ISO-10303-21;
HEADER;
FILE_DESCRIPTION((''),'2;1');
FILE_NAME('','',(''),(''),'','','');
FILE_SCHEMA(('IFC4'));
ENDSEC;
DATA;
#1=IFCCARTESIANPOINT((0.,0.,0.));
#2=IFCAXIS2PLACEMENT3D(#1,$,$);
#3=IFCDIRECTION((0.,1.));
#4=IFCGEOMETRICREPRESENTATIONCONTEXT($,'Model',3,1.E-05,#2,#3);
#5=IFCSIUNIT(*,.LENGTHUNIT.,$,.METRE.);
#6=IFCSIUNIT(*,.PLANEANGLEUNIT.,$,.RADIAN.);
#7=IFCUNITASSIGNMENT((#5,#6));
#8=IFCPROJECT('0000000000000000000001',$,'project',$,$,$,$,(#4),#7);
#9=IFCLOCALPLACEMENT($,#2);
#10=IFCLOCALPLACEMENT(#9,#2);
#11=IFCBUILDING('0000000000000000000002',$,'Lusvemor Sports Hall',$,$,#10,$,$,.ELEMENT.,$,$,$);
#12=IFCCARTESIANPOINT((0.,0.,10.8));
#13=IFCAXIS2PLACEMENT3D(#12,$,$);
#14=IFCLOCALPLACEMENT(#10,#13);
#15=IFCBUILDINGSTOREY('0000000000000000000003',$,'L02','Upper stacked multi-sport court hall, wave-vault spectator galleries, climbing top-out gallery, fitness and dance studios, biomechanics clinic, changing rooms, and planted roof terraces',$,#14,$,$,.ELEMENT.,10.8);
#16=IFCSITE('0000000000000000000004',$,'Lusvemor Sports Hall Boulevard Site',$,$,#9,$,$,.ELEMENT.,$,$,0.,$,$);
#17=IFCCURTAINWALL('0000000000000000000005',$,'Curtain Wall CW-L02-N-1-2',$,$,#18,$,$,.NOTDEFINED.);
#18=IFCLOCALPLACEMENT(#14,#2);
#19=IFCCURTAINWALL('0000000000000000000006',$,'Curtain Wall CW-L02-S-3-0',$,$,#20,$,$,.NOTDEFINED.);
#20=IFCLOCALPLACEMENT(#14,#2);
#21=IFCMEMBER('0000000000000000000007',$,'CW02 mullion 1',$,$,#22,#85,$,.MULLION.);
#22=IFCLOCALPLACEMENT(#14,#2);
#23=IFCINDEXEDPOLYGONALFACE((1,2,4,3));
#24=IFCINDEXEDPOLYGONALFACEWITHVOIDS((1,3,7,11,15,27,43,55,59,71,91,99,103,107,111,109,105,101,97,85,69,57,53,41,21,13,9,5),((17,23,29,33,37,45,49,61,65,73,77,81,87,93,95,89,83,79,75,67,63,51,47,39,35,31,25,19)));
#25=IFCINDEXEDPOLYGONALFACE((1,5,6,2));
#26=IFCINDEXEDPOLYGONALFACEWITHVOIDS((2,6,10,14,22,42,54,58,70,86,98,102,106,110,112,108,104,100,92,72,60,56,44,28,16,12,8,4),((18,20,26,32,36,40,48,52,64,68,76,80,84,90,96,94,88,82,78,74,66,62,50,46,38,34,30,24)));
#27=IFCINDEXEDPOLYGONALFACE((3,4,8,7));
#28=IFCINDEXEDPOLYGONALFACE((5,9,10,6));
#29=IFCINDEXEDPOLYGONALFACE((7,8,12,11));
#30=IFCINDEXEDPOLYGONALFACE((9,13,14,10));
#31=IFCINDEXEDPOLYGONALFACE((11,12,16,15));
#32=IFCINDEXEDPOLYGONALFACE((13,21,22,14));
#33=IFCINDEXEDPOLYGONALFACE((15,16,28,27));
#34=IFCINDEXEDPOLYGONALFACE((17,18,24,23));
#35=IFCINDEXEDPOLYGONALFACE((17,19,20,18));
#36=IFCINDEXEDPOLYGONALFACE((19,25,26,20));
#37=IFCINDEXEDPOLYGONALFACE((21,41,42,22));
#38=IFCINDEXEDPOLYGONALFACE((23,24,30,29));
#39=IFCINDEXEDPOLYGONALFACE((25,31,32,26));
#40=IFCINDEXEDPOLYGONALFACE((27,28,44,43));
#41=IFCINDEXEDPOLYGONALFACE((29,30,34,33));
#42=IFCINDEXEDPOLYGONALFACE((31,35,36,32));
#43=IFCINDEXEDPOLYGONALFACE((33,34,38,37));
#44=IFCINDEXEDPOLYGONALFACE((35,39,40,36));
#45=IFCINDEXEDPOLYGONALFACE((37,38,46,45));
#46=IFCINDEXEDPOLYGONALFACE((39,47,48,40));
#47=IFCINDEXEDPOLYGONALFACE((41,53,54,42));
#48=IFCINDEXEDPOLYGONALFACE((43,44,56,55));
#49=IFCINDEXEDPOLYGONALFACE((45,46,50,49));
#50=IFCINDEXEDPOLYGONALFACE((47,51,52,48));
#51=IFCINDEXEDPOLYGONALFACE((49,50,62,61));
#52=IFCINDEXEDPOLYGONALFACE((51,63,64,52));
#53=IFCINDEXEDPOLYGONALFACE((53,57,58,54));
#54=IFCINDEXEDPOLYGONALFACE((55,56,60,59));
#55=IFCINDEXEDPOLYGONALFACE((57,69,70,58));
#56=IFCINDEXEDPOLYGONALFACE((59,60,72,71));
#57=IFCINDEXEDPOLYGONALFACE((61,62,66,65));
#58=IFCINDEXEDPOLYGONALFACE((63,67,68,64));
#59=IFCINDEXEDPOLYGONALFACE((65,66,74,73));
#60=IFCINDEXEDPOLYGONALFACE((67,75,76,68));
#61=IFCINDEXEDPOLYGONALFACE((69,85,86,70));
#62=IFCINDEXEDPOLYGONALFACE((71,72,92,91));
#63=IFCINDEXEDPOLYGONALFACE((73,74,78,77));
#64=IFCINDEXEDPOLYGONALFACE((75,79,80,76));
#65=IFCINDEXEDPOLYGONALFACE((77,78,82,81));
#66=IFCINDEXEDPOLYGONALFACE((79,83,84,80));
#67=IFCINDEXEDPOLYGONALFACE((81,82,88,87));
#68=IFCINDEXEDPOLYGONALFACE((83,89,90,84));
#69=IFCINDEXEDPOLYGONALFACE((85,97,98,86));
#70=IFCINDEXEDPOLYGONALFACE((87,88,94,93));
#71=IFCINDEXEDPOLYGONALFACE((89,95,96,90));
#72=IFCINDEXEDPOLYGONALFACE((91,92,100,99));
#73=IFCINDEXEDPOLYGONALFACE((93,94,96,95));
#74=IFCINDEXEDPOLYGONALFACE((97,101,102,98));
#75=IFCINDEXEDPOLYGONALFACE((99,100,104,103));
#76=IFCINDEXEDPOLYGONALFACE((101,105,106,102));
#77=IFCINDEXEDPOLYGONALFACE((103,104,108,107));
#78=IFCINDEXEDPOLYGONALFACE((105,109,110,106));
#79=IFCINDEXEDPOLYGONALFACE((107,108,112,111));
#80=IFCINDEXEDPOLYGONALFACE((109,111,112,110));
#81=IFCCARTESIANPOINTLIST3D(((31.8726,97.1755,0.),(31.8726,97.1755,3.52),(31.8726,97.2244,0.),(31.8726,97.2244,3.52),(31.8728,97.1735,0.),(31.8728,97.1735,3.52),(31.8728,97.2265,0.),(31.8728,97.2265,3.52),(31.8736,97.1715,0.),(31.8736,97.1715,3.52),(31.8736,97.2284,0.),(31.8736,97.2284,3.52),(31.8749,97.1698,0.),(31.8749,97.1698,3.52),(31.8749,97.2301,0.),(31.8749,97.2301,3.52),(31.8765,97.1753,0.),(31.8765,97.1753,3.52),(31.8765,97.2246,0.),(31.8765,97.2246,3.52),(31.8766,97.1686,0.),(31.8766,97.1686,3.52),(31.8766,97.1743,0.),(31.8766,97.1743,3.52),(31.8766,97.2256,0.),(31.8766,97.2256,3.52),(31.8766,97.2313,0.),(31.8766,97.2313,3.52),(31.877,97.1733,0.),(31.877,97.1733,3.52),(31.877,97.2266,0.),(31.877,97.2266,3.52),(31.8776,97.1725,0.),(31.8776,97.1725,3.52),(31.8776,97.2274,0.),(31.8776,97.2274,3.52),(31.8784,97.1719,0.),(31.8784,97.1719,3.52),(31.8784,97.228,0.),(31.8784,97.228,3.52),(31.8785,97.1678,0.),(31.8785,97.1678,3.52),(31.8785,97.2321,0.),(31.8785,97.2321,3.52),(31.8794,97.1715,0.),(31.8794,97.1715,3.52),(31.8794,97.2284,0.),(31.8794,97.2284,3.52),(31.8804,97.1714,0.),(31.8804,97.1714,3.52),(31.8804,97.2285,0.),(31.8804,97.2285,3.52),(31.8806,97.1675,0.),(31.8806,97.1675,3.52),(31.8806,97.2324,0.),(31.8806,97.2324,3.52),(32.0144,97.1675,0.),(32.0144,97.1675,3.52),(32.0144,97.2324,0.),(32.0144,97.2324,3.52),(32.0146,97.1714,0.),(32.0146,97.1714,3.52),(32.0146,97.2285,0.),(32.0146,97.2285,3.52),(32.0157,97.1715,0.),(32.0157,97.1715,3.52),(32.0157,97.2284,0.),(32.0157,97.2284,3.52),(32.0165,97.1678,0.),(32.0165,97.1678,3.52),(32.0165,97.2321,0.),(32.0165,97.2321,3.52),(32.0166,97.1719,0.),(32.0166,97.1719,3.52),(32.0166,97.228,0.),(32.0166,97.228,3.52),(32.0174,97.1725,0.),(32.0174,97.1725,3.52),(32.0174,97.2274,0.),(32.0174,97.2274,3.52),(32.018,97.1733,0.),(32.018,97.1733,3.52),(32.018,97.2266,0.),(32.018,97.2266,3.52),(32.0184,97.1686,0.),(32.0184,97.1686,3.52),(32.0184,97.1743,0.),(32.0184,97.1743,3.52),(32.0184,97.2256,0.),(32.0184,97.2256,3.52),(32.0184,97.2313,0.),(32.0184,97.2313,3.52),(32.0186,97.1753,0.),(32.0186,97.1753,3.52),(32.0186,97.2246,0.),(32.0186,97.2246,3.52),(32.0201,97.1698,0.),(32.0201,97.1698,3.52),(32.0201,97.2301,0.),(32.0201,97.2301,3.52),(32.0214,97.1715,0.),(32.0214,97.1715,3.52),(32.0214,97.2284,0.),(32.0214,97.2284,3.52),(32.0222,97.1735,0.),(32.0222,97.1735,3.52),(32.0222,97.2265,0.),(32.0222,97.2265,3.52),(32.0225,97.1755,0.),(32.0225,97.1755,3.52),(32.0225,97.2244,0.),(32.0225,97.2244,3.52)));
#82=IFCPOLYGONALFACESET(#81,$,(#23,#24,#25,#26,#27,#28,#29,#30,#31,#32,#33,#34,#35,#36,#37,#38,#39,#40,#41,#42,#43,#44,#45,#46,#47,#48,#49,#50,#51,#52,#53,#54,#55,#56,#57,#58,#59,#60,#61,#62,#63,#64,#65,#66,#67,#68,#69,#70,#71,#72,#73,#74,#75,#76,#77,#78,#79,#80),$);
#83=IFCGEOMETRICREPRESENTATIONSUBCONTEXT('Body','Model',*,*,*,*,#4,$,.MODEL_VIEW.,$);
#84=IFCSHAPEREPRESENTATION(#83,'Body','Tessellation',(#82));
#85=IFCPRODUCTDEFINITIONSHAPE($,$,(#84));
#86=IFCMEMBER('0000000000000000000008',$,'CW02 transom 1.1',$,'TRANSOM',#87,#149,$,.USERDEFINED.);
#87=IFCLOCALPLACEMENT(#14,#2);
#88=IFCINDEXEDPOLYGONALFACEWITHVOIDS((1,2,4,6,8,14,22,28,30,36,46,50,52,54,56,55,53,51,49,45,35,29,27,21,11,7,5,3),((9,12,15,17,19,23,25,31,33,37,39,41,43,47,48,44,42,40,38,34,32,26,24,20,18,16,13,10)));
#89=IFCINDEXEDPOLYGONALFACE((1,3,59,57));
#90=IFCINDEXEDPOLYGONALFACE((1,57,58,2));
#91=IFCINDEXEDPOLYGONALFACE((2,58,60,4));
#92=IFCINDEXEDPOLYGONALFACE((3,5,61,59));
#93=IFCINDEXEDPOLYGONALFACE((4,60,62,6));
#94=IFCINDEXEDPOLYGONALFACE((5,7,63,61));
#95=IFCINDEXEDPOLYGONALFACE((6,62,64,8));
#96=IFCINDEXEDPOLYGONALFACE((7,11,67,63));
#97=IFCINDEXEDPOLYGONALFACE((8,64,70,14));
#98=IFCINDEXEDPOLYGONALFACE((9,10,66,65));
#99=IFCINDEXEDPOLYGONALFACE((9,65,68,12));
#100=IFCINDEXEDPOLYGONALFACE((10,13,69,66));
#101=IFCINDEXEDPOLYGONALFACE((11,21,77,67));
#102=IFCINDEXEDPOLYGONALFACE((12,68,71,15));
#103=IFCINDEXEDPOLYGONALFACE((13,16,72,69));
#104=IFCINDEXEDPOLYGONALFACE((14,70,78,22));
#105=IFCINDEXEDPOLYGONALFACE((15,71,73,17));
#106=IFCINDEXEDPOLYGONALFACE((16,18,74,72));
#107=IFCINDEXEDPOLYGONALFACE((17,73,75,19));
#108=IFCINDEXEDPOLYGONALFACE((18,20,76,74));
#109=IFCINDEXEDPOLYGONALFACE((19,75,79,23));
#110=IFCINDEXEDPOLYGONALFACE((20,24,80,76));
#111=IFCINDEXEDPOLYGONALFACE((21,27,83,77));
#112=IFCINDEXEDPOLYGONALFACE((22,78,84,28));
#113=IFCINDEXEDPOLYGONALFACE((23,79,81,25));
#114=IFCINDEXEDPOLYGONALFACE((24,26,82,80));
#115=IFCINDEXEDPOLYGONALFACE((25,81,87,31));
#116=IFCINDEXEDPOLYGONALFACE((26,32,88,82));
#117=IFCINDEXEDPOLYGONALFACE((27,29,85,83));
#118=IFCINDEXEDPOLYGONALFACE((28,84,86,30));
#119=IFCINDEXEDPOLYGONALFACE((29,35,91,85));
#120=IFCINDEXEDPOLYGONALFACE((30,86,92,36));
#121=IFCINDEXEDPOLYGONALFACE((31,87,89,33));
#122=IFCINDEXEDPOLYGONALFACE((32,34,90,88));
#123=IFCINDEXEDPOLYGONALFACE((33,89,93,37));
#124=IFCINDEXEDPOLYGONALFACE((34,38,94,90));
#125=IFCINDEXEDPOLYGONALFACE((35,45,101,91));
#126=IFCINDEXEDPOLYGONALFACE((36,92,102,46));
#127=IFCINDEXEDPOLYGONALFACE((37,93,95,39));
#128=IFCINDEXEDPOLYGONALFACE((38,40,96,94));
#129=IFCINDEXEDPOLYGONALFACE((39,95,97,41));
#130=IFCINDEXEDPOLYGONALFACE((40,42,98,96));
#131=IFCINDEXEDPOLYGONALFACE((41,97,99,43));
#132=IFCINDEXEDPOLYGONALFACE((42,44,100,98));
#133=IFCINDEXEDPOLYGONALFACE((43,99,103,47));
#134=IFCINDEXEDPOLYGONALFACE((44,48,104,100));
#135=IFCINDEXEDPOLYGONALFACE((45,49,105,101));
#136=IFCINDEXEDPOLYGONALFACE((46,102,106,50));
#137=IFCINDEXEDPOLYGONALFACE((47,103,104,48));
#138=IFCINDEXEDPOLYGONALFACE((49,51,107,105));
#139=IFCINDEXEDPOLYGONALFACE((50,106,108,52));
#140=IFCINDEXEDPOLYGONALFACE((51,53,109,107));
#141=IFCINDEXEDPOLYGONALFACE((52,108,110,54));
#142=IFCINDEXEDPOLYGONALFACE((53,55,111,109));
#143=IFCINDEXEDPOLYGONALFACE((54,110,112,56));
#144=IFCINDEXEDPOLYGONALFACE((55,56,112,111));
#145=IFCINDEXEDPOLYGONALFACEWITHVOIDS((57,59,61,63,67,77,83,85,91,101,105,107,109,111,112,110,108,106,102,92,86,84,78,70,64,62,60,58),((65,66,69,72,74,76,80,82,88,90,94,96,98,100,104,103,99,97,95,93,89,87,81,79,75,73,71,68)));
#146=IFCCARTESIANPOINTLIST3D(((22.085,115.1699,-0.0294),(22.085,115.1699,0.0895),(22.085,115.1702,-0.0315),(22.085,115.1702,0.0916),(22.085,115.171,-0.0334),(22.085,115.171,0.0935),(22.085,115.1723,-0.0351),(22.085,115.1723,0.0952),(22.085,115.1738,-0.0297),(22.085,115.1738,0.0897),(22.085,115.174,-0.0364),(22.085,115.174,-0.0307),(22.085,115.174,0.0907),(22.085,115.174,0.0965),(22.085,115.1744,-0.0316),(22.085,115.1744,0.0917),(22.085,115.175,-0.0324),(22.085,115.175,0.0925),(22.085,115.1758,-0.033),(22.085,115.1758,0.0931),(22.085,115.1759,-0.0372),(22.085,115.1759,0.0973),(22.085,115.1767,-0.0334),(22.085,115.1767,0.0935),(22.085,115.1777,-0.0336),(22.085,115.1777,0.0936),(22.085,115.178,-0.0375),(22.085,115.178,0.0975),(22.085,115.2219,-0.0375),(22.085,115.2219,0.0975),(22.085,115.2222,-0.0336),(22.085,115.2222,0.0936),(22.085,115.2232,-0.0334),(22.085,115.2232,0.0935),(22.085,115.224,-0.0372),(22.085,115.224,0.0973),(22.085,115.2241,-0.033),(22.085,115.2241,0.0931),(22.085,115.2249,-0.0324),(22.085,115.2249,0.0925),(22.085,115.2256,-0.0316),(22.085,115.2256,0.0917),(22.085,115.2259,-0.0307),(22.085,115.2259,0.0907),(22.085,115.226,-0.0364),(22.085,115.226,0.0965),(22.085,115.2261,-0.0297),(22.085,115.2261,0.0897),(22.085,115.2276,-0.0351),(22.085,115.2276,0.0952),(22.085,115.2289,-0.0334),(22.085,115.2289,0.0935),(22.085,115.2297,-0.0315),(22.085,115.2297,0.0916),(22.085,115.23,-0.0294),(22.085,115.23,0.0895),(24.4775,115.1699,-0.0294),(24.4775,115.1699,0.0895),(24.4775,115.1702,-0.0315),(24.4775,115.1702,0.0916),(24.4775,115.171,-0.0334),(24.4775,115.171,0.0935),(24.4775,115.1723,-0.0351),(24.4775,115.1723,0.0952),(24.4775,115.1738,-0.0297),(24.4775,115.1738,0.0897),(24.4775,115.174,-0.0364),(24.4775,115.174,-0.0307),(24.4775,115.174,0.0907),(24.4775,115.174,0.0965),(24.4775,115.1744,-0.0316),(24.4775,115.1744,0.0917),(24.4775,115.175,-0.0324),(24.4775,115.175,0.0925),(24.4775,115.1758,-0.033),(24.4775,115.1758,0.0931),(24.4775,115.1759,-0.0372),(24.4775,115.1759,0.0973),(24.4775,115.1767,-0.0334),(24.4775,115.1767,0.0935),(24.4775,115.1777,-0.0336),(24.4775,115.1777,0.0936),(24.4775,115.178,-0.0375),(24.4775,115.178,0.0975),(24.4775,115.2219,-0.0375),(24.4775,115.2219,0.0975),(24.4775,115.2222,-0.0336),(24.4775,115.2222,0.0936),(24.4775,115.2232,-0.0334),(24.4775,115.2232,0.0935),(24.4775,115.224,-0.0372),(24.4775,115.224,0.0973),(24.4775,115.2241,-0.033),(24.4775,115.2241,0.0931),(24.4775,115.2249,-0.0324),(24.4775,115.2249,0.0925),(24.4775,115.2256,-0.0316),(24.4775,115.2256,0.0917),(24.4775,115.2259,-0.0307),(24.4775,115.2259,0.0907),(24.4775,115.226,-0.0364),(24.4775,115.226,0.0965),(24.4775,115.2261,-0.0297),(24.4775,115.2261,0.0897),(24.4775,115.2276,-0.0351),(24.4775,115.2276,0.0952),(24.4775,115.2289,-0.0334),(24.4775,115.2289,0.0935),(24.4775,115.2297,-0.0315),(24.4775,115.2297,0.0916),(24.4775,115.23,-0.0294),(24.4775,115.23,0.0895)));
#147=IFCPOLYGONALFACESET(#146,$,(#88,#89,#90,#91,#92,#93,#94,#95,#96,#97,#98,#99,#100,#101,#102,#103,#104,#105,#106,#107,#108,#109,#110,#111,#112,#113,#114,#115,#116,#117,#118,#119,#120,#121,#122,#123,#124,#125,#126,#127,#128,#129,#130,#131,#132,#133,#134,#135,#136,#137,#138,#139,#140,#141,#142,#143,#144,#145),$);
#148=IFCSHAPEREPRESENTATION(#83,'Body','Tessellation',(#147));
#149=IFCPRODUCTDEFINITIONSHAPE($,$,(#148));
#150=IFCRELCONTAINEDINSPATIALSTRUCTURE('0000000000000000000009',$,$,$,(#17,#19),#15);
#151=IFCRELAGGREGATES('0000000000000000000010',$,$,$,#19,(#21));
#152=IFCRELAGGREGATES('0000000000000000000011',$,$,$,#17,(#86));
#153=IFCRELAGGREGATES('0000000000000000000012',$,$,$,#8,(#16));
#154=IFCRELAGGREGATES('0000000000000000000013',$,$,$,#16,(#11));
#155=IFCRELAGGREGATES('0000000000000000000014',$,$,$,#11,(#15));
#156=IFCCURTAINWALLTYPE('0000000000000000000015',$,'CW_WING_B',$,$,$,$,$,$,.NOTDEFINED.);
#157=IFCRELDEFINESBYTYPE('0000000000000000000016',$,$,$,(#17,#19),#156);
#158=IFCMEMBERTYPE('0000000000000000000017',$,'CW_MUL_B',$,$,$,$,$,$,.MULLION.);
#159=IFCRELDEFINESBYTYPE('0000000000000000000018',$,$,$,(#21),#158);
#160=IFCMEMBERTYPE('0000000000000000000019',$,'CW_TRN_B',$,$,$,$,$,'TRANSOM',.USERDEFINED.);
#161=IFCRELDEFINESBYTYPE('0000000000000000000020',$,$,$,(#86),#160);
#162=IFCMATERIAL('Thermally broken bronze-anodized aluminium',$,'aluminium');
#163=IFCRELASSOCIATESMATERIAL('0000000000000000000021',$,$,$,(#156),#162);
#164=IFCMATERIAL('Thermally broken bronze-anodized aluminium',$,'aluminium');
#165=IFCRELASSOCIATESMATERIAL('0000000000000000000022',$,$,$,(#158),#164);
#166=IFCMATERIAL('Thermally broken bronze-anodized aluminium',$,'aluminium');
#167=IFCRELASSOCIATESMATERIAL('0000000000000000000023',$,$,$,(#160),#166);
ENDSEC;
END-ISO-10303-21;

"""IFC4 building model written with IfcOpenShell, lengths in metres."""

from ifc_helpers import new_model, si_unit, direction, frame, origin, origin_2d, place, context, subcontext, project, spatial, hollow_rectangle, extrude, material, material_profile, profile_set, type_object, element, aggregate, save


model = new_model("IFC4")

# Units and contexts
model_context = context("Model", 3, precision=1e-05, world=origin(), true_north=direction((0.0, 1.0)))
body_context = subcontext(model_context, "Body", "Model", "MODEL_VIEW")
ifc_project = project(units=[si_unit("LENGTHUNIT", "METRE"), si_unit("PLANEANGLEUNIT", "RADIAN")], contexts=[model_context])

# Site, building, storey
site_placement = place(None, origin())
site = spatial("IfcSite", under=ifc_project, at=site_placement, Name="Lusvemor Sports Hall Boulevard Site", CompositionType="ELEMENT", RefElevation=0.0)
building_placement = place(site_placement, origin())
building = spatial("IfcBuilding", under=site, at=building_placement, Name="Lusvemor Sports Hall", CompositionType="ELEMENT")
storey_placement = place(building_placement, frame((0.0, 0.0, 10.8)))
storey = spatial("IfcBuildingStorey", under=building, at=storey_placement, Name="L02", Description="Upper stacked multi-sport court hall, wave-vault spectator galleries, climbing top-out gallery, fitness and dance studios, biomechanics clinic, changing rooms, and planted roof terraces", CompositionType="ELEMENT", Elevation=10.8)

# Curtain wall
ifc_material_1 = material(Name="Thermally broken bronze-anodized aluminium", Category="aluminium")
curtain_wall_type = type_object("IfcCurtainWallType", Name="CW_WING_B", PredefinedType="NOTDEFINED", material=ifc_material_1)
curtain_wall_1_placement = place(storey_placement, origin())
curtain_wall_1 = element("IfcCurtainWall", 1, at=curtain_wall_1_placement, inside=storey, type_object=curtain_wall_type, Name="Curtain Wall CW-L02-N-1-2", PredefinedType="NOTDEFINED")
ifc_material_2 = material(Name="Thermally broken bronze-anodized aluminium", Category="aluminium")
ifc_material_profile_1 = material_profile(ifc_material_2, hollow_rectangle(XDim=0.0649, YDim=0.1499, WallThickness=0.0039, InnerFilletRadius=0.0039, OuterFilletRadius=0.0081, at=origin_2d()), Name="CWMUL150x65x4")
ifc_profile_set_1 = profile_set([ifc_material_profile_1], Name="Thermally broken bronze-anodized aluminium")
member_type_1 = type_object("IfcMemberType", Name="CW_MUL_B", PredefinedType="MULLION", material=ifc_profile_set_1)

# Curtain wall, member
curtain_wall_2_placement = place(storey_placement, origin())
curtain_wall_2 = element("IfcCurtainWall", 2, at=curtain_wall_2_placement, inside=storey, type_object=curtain_wall_type, Name="Curtain Wall CW-L02-S-3-0", PredefinedType="NOTDEFINED")
member_1_placement = place(storey_placement, frame((31.9475, 97.2, 0.0), z_axis=(0.0, 0.0, 1.0), x_axis=(0.0, -1.0, 0.0)))
member_1 = element("IfcMember", 3, at=member_1_placement, type_object=member_type_1, Name="CW02 mullion 1", PredefinedType="MULLION", context=body_context, shape_type="SweptSolid", body=[
    extrude(hollow_rectangle(XDim=0.0649, YDim=0.1499, WallThickness=0.0039, InnerFilletRadius=0.0039, OuterFilletRadius=0.0081, at=origin_2d()), origin(), (0.0, 0.0, 1.0), 3.52),
])

# Member
ifc_material_3 = material(Name="Thermally broken bronze-anodized aluminium", Category="aluminium")
ifc_material_profile_2 = material_profile(ifc_material_3, hollow_rectangle(XDim=0.0601, YDim=0.135, WallThickness=0.0039, InnerFilletRadius=0.0039, OuterFilletRadius=0.0081, at=origin_2d()), Name="CWTRN135x60x4")
ifc_profile_set_2 = profile_set([ifc_material_profile_2], Name="Thermally broken bronze-anodized aluminium")
member_type_2 = type_object("IfcMemberType", Name="CW_TRN_B", ElementType="TRANSOM", PredefinedType="USERDEFINED", material=ifc_profile_set_2)
member_2_placement = place(storey_placement, frame((22.085, 115.2, 0.03), z_axis=(1.0, 0.0, 0.0), x_axis=(0.0, 1.0, 0.0)))
member_2 = element("IfcMember", 4, at=member_2_placement, type_object=member_type_2, Name="CW02 transom 1.1", ObjectType="TRANSOM", PredefinedType="USERDEFINED", context=body_context, shape_type="SweptSolid", body=[
    extrude(hollow_rectangle(XDim=0.0601, YDim=0.135, WallThickness=0.0039, InnerFilletRadius=0.0039, OuterFilletRadius=0.0081, at=origin_2d()), origin(), (0.0, 0.0, 1.0), 2.3926),
])
aggregate(curtain_wall_2, [member_1])

aggregate(curtain_wall_1, [member_2])

save(model, "model.ifc")
